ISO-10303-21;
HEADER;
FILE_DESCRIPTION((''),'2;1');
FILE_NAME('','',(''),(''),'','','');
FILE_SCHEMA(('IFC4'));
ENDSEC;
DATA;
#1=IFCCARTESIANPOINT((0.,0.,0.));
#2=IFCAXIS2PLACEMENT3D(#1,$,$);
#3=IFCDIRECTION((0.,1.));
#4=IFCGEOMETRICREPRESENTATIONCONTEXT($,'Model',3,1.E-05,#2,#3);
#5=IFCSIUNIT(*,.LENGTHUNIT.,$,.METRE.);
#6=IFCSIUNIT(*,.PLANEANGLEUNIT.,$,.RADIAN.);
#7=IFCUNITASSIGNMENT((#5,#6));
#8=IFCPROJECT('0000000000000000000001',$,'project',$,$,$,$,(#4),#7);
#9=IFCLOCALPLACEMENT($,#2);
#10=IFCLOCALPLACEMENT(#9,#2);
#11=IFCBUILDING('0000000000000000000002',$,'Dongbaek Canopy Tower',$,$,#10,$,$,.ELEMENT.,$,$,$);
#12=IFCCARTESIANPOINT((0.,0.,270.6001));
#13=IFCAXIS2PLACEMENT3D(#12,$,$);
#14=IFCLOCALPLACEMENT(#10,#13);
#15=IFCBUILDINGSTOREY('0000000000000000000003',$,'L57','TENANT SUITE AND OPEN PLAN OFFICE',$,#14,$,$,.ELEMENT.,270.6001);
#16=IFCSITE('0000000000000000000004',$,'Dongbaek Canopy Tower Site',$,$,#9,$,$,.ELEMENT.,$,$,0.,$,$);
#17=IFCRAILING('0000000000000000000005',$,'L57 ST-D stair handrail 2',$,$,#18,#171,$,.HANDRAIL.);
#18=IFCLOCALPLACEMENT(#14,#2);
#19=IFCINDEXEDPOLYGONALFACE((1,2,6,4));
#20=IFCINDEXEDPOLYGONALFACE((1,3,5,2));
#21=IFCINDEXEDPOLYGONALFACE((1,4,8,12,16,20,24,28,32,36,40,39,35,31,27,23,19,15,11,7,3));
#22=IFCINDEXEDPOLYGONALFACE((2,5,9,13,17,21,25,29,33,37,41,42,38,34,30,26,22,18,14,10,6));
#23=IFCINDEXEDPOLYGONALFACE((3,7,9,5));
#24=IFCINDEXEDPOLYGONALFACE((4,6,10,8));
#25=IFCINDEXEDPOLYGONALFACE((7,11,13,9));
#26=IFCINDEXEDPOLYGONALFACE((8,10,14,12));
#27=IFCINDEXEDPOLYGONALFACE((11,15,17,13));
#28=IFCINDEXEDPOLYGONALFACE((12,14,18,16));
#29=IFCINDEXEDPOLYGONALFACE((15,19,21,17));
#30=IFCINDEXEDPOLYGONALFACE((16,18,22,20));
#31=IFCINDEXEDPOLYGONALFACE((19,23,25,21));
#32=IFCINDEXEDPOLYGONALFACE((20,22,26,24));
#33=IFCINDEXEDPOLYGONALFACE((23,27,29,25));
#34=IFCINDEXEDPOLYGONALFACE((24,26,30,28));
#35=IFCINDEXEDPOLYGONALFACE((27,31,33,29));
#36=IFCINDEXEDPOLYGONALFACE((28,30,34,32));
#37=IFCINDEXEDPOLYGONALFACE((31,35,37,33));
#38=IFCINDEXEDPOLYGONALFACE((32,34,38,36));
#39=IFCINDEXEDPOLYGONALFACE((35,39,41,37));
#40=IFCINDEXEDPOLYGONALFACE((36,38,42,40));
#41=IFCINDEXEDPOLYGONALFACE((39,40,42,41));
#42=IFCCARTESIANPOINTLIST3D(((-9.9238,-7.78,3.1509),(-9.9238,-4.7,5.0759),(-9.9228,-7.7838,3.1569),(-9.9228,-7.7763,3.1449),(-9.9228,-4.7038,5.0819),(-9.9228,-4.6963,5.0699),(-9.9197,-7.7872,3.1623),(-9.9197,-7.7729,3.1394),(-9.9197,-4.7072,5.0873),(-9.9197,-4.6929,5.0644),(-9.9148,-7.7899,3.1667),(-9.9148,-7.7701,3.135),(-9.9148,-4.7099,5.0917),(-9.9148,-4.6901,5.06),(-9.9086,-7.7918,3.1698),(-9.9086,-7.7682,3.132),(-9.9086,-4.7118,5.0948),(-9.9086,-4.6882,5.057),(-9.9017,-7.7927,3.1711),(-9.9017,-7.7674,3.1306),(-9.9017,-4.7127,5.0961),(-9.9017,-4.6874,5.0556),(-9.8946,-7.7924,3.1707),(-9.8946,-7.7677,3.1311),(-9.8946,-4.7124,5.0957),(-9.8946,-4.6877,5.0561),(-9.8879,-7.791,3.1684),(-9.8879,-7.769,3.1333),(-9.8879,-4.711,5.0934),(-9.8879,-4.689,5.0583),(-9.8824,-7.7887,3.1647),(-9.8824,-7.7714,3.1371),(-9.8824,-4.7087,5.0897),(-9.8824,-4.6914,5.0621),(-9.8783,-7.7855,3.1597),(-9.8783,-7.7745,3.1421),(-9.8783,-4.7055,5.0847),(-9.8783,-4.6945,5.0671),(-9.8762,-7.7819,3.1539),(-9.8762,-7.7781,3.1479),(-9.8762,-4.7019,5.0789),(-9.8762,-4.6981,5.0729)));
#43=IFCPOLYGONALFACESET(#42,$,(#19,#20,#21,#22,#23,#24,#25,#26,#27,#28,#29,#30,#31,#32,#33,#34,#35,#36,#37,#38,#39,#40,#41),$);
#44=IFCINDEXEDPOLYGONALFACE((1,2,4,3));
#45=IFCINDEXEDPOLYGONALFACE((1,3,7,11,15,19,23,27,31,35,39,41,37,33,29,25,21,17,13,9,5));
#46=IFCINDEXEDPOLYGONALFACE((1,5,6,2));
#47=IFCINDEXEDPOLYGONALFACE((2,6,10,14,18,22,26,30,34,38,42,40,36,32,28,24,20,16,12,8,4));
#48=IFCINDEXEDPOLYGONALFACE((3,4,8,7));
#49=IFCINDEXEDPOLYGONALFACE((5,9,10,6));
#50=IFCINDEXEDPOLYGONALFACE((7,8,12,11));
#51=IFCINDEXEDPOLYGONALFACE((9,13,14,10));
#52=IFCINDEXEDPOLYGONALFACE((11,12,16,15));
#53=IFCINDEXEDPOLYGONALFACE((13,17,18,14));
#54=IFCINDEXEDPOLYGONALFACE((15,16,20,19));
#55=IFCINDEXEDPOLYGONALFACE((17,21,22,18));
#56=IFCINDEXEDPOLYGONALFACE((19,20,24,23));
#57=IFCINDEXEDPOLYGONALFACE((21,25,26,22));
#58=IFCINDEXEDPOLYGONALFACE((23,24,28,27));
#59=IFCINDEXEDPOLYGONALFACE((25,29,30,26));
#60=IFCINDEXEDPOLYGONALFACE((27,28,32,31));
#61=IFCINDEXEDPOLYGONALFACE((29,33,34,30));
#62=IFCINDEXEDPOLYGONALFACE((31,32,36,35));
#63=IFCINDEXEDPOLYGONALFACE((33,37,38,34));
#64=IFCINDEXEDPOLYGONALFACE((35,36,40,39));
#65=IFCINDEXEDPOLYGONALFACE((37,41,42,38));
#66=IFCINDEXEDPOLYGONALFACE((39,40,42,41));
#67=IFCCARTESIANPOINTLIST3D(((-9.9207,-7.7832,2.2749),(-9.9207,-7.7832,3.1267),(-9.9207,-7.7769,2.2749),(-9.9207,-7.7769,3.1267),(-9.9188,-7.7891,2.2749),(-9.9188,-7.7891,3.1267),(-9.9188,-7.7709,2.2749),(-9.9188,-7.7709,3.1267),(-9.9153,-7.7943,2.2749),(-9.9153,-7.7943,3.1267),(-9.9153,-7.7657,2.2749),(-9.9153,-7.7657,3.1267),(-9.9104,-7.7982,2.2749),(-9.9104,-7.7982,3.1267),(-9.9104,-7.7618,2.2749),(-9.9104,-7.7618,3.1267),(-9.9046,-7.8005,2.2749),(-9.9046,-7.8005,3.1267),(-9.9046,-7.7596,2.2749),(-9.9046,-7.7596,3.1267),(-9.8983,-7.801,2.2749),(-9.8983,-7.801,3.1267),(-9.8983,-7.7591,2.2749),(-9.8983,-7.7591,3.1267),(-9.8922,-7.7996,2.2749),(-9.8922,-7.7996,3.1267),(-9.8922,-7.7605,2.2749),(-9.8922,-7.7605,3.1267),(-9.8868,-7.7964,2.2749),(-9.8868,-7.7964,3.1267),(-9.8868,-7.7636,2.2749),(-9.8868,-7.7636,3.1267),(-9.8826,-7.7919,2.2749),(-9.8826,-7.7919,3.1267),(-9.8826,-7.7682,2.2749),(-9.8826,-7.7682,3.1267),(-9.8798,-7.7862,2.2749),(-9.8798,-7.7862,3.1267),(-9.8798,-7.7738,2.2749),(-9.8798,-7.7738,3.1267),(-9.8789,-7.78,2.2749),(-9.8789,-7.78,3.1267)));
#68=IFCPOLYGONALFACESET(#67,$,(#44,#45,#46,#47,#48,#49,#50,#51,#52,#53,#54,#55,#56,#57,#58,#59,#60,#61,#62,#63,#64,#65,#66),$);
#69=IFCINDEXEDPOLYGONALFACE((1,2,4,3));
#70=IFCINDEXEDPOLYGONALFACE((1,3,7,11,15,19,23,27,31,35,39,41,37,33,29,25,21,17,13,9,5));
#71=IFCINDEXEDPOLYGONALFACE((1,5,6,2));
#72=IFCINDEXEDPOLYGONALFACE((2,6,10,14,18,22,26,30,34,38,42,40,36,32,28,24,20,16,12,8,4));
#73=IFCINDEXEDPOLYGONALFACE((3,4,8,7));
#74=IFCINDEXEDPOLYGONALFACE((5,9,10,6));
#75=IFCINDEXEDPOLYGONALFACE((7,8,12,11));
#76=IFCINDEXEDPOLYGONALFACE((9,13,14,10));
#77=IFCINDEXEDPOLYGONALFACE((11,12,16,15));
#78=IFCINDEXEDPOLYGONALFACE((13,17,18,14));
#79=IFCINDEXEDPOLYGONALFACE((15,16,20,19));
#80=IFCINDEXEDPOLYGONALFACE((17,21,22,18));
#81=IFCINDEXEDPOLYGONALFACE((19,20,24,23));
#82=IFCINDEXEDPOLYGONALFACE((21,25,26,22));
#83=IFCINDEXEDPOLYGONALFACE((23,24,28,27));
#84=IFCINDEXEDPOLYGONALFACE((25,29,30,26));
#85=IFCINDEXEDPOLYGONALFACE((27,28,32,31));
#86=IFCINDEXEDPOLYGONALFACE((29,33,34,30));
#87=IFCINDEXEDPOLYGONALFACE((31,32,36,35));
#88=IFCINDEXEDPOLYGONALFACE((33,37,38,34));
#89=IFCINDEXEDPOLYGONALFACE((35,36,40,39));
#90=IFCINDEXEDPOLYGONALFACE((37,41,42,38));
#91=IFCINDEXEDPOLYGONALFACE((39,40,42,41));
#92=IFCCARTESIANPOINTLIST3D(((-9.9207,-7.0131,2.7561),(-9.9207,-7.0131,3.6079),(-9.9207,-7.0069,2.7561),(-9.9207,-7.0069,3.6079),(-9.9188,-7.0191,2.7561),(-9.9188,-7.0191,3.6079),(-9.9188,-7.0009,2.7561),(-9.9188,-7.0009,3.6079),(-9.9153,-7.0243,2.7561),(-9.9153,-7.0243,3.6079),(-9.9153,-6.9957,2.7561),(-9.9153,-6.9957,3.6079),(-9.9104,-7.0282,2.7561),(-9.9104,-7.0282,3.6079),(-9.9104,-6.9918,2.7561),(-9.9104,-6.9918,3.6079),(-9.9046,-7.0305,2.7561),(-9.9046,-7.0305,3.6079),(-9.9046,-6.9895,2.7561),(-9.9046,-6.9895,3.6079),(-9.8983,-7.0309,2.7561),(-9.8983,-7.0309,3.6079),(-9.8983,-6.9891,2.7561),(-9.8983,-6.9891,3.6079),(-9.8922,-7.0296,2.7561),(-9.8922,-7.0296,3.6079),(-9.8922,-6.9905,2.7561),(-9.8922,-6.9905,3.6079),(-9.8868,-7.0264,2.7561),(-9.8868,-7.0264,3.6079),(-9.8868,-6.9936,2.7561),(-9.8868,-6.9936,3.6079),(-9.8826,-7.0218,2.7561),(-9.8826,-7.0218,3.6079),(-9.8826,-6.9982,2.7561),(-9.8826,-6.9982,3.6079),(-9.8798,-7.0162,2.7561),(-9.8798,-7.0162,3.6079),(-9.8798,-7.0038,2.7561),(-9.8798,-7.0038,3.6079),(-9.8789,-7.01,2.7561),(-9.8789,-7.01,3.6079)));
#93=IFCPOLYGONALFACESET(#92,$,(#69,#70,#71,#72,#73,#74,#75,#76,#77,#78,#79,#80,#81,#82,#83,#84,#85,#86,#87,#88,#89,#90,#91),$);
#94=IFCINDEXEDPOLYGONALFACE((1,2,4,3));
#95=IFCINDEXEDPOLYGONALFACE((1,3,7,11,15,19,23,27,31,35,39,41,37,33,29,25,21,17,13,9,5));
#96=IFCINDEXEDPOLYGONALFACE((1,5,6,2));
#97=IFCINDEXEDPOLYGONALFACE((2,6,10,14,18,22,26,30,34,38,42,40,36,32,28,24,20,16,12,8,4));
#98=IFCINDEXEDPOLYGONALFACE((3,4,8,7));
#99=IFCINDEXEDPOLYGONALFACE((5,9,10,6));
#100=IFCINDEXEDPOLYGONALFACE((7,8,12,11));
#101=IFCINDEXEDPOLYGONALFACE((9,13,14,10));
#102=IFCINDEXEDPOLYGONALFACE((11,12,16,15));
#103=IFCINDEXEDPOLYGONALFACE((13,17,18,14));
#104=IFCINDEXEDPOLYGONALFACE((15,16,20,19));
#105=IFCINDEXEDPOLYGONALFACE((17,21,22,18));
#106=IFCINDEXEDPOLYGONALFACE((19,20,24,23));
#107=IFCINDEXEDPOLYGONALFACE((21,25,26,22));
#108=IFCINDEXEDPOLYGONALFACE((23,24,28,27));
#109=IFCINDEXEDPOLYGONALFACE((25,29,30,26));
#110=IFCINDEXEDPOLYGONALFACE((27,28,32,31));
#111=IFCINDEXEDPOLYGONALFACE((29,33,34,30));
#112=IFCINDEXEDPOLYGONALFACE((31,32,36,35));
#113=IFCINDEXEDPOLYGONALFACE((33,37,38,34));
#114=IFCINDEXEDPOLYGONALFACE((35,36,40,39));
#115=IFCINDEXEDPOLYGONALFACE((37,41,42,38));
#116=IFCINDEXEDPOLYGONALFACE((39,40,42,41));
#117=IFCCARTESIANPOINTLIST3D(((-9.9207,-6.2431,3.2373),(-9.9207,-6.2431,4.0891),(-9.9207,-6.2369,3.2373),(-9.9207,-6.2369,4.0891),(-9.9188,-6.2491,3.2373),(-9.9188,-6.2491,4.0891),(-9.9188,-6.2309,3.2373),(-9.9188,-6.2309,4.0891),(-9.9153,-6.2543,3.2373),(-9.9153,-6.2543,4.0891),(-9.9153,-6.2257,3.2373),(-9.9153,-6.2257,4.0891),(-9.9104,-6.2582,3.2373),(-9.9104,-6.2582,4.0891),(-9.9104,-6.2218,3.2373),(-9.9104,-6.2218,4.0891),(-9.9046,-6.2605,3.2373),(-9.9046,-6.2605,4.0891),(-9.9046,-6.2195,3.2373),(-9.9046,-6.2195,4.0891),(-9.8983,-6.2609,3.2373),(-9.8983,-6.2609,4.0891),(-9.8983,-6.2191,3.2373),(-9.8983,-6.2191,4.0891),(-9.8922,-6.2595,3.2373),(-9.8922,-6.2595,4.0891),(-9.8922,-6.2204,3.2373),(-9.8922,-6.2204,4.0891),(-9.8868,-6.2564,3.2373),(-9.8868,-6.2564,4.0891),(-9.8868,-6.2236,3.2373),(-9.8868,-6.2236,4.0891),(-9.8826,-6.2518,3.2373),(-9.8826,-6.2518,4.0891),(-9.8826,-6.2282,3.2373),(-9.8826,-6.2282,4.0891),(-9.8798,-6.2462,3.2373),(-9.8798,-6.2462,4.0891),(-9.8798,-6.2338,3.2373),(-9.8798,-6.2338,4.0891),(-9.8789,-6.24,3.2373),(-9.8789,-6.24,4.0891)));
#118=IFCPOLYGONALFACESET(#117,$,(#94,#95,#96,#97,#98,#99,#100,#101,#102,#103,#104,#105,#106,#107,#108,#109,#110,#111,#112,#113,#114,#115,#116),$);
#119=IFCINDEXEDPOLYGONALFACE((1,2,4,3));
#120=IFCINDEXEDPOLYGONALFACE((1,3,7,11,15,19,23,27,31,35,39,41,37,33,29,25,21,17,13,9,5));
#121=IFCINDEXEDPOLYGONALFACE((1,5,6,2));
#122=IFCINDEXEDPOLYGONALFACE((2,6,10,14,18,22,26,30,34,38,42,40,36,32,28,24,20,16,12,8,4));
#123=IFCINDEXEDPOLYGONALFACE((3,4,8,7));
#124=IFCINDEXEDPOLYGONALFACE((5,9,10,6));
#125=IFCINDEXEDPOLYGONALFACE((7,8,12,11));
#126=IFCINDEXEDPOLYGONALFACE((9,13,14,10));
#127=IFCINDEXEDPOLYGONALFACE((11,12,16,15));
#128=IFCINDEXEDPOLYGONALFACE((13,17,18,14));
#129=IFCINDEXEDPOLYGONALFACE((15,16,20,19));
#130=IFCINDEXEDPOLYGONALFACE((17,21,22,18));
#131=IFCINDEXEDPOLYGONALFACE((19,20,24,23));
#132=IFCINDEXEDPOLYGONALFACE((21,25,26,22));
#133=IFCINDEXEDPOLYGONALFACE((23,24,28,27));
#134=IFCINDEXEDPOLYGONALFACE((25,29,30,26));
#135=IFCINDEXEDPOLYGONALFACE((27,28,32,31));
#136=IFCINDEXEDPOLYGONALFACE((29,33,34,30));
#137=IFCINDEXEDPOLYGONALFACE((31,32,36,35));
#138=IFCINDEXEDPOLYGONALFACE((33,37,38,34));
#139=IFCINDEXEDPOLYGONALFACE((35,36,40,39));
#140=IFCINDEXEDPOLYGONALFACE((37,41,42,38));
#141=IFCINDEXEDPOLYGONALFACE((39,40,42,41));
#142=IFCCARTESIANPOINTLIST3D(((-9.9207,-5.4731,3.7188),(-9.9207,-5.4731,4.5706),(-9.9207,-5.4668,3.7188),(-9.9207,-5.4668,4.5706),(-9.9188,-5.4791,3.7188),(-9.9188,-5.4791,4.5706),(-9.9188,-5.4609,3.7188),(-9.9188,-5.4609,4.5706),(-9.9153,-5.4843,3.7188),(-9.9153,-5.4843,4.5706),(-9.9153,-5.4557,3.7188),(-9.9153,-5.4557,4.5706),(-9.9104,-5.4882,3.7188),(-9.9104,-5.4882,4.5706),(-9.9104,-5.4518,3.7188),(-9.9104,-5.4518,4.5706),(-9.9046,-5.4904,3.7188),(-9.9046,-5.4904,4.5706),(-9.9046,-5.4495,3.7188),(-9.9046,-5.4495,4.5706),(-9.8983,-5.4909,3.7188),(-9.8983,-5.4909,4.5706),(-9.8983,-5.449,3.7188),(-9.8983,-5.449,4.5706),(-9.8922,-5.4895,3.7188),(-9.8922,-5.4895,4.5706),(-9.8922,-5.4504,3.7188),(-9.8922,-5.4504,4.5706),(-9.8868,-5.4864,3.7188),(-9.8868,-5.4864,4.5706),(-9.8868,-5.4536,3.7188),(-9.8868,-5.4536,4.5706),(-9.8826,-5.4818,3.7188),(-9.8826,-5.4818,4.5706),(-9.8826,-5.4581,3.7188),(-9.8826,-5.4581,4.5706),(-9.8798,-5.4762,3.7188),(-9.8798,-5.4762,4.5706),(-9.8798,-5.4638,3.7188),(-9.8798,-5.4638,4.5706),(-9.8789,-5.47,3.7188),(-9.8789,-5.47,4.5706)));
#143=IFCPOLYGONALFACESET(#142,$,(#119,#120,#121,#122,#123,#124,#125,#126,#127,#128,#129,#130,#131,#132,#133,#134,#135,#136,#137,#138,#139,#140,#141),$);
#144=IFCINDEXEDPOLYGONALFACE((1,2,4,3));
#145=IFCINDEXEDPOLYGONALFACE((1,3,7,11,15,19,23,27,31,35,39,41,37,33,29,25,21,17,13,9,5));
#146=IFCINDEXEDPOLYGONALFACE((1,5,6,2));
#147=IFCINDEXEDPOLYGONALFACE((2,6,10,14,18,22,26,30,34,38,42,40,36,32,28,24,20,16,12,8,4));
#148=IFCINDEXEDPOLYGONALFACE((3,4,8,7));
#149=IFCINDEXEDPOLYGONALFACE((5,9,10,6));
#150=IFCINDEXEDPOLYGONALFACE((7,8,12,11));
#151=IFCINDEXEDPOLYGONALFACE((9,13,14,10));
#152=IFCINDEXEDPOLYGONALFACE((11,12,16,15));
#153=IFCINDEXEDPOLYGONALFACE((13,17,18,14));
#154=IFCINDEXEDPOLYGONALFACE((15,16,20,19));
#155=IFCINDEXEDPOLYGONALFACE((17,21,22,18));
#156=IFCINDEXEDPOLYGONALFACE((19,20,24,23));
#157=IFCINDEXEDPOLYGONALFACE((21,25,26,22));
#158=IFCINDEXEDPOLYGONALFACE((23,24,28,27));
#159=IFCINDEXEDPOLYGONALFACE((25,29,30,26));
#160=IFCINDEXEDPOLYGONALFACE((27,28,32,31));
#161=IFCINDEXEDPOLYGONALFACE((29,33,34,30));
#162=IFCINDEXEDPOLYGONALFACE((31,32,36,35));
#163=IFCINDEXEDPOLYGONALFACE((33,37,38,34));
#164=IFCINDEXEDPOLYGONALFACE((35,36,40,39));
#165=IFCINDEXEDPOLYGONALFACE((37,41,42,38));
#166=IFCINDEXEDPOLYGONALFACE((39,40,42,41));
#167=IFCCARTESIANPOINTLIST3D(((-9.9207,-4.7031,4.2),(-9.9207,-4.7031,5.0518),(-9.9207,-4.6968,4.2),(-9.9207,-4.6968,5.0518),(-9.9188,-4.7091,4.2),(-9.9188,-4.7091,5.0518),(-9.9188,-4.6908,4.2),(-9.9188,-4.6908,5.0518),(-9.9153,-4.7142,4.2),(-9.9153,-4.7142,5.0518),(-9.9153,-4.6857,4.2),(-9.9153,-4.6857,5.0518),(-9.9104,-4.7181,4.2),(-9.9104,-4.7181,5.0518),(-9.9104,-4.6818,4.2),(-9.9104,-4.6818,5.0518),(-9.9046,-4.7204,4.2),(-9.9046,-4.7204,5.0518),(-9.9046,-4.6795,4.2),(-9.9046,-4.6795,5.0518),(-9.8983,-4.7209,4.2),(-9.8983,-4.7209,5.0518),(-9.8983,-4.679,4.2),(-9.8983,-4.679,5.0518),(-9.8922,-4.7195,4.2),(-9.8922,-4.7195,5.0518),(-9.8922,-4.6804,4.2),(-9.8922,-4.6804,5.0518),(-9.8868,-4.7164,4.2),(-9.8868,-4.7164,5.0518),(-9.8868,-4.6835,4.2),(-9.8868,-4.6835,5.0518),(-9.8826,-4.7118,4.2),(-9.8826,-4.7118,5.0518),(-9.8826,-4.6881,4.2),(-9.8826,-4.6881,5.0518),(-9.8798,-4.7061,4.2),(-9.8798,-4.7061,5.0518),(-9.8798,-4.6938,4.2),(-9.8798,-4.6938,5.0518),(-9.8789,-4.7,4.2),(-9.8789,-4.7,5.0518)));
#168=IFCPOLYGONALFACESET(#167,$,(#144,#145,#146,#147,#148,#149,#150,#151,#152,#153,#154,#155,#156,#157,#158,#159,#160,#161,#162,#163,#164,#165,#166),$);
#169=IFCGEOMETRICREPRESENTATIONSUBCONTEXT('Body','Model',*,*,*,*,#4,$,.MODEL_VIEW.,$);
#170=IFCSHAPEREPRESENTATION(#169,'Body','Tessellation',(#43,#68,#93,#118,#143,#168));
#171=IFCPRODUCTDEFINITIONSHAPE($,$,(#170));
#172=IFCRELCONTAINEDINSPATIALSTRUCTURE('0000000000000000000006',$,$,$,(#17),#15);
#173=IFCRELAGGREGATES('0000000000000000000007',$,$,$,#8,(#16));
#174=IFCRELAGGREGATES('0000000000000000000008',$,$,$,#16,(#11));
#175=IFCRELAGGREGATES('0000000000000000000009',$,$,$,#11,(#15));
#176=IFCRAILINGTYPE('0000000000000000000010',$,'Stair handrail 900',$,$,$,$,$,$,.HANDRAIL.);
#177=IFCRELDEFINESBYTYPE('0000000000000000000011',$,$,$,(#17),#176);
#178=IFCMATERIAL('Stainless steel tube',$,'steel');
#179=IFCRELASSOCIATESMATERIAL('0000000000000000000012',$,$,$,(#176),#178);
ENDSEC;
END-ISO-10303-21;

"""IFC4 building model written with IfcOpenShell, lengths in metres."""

from ifc_helpers import new_model, si_unit, direction, frame, origin, origin_2d, place, context, subcontext, project, spatial, circle, extrude, material, type_object, element, save


model = new_model("IFC4")

# Units and contexts
model_context = context("Model", 3, precision=1e-05, world=origin(), true_north=direction((0.0, 1.0)))
body_context = subcontext(model_context, "Body", "Model", "MODEL_VIEW")
ifc_project = project(units=[si_unit("LENGTHUNIT", "METRE"), si_unit("PLANEANGLEUNIT", "RADIAN")], contexts=[model_context])

# Site, building, storey
site_placement = place(None, origin())
site = spatial("IfcSite", under=ifc_project, at=site_placement, Name="Dongbaek Canopy Tower Site", CompositionType="ELEMENT", RefElevation=0.0)
building_placement = place(site_placement, origin())
building = spatial("IfcBuilding", under=site, at=building_placement, Name="Dongbaek Canopy Tower", CompositionType="ELEMENT")
storey_placement = place(building_placement, frame((0.0, 0.0, 270.6001)))
storey = spatial("IfcBuildingStorey", under=building, at=storey_placement, Name="L57", Description="TENANT SUITE AND OPEN PLAN OFFICE", CompositionType="ELEMENT", Elevation=270.6001)

# Railing
ifc_material_1 = material(Name="Stainless steel tube", Category="steel")
railing_type_1 = type_object("IfcRailingType", Name="Stair handrail 900", PredefinedType="HANDRAIL", material=ifc_material_1)
railing_1_placement = place(storey_placement, frame((-9.8999, -7.78, 2.2749)))
element("IfcRailing", 1, at=railing_1_placement, inside=storey, type_object=railing_type_1, Name="L57 ST-D stair handrail 2", PredefinedType="HANDRAIL", context=body_context, shape_type="SweptSolid", body=[
    extrude(circle(Radius=0.0239, at=origin_2d()), frame((0.0, 0.0, 0.876), z_axis=(0.0, 0.847998, 0.529999), x_axis=(-1.0, 0.0, 0.0)), (0.0, 0.0, 1.0), 3.6321),
    extrude(circle(Radius=0.021, at=origin_2d()), origin(), (0.0, 0.0, 1.0), 0.8518),
    extrude(circle(Radius=0.021, at=origin_2d()), frame((0.0, 0.77, 0.4812)), (0.0, 0.0, 1.0), 0.8518),
    extrude(circle(Radius=0.021, at=origin_2d()), frame((0.0, 1.54, 0.9624)), (0.0, 0.0, 1.0), 0.8518),
    extrude(circle(Radius=0.021, at=origin_2d()), frame((0.0, 2.3101, 1.4438)), (0.0, 0.0, 1.0), 0.8518),
    extrude(circle(Radius=0.021, at=origin_2d()), frame((0.0, 3.0801, 1.925)), (0.0, 0.0, 1.0), 0.8518),
])

save(model, "model.ifc")
